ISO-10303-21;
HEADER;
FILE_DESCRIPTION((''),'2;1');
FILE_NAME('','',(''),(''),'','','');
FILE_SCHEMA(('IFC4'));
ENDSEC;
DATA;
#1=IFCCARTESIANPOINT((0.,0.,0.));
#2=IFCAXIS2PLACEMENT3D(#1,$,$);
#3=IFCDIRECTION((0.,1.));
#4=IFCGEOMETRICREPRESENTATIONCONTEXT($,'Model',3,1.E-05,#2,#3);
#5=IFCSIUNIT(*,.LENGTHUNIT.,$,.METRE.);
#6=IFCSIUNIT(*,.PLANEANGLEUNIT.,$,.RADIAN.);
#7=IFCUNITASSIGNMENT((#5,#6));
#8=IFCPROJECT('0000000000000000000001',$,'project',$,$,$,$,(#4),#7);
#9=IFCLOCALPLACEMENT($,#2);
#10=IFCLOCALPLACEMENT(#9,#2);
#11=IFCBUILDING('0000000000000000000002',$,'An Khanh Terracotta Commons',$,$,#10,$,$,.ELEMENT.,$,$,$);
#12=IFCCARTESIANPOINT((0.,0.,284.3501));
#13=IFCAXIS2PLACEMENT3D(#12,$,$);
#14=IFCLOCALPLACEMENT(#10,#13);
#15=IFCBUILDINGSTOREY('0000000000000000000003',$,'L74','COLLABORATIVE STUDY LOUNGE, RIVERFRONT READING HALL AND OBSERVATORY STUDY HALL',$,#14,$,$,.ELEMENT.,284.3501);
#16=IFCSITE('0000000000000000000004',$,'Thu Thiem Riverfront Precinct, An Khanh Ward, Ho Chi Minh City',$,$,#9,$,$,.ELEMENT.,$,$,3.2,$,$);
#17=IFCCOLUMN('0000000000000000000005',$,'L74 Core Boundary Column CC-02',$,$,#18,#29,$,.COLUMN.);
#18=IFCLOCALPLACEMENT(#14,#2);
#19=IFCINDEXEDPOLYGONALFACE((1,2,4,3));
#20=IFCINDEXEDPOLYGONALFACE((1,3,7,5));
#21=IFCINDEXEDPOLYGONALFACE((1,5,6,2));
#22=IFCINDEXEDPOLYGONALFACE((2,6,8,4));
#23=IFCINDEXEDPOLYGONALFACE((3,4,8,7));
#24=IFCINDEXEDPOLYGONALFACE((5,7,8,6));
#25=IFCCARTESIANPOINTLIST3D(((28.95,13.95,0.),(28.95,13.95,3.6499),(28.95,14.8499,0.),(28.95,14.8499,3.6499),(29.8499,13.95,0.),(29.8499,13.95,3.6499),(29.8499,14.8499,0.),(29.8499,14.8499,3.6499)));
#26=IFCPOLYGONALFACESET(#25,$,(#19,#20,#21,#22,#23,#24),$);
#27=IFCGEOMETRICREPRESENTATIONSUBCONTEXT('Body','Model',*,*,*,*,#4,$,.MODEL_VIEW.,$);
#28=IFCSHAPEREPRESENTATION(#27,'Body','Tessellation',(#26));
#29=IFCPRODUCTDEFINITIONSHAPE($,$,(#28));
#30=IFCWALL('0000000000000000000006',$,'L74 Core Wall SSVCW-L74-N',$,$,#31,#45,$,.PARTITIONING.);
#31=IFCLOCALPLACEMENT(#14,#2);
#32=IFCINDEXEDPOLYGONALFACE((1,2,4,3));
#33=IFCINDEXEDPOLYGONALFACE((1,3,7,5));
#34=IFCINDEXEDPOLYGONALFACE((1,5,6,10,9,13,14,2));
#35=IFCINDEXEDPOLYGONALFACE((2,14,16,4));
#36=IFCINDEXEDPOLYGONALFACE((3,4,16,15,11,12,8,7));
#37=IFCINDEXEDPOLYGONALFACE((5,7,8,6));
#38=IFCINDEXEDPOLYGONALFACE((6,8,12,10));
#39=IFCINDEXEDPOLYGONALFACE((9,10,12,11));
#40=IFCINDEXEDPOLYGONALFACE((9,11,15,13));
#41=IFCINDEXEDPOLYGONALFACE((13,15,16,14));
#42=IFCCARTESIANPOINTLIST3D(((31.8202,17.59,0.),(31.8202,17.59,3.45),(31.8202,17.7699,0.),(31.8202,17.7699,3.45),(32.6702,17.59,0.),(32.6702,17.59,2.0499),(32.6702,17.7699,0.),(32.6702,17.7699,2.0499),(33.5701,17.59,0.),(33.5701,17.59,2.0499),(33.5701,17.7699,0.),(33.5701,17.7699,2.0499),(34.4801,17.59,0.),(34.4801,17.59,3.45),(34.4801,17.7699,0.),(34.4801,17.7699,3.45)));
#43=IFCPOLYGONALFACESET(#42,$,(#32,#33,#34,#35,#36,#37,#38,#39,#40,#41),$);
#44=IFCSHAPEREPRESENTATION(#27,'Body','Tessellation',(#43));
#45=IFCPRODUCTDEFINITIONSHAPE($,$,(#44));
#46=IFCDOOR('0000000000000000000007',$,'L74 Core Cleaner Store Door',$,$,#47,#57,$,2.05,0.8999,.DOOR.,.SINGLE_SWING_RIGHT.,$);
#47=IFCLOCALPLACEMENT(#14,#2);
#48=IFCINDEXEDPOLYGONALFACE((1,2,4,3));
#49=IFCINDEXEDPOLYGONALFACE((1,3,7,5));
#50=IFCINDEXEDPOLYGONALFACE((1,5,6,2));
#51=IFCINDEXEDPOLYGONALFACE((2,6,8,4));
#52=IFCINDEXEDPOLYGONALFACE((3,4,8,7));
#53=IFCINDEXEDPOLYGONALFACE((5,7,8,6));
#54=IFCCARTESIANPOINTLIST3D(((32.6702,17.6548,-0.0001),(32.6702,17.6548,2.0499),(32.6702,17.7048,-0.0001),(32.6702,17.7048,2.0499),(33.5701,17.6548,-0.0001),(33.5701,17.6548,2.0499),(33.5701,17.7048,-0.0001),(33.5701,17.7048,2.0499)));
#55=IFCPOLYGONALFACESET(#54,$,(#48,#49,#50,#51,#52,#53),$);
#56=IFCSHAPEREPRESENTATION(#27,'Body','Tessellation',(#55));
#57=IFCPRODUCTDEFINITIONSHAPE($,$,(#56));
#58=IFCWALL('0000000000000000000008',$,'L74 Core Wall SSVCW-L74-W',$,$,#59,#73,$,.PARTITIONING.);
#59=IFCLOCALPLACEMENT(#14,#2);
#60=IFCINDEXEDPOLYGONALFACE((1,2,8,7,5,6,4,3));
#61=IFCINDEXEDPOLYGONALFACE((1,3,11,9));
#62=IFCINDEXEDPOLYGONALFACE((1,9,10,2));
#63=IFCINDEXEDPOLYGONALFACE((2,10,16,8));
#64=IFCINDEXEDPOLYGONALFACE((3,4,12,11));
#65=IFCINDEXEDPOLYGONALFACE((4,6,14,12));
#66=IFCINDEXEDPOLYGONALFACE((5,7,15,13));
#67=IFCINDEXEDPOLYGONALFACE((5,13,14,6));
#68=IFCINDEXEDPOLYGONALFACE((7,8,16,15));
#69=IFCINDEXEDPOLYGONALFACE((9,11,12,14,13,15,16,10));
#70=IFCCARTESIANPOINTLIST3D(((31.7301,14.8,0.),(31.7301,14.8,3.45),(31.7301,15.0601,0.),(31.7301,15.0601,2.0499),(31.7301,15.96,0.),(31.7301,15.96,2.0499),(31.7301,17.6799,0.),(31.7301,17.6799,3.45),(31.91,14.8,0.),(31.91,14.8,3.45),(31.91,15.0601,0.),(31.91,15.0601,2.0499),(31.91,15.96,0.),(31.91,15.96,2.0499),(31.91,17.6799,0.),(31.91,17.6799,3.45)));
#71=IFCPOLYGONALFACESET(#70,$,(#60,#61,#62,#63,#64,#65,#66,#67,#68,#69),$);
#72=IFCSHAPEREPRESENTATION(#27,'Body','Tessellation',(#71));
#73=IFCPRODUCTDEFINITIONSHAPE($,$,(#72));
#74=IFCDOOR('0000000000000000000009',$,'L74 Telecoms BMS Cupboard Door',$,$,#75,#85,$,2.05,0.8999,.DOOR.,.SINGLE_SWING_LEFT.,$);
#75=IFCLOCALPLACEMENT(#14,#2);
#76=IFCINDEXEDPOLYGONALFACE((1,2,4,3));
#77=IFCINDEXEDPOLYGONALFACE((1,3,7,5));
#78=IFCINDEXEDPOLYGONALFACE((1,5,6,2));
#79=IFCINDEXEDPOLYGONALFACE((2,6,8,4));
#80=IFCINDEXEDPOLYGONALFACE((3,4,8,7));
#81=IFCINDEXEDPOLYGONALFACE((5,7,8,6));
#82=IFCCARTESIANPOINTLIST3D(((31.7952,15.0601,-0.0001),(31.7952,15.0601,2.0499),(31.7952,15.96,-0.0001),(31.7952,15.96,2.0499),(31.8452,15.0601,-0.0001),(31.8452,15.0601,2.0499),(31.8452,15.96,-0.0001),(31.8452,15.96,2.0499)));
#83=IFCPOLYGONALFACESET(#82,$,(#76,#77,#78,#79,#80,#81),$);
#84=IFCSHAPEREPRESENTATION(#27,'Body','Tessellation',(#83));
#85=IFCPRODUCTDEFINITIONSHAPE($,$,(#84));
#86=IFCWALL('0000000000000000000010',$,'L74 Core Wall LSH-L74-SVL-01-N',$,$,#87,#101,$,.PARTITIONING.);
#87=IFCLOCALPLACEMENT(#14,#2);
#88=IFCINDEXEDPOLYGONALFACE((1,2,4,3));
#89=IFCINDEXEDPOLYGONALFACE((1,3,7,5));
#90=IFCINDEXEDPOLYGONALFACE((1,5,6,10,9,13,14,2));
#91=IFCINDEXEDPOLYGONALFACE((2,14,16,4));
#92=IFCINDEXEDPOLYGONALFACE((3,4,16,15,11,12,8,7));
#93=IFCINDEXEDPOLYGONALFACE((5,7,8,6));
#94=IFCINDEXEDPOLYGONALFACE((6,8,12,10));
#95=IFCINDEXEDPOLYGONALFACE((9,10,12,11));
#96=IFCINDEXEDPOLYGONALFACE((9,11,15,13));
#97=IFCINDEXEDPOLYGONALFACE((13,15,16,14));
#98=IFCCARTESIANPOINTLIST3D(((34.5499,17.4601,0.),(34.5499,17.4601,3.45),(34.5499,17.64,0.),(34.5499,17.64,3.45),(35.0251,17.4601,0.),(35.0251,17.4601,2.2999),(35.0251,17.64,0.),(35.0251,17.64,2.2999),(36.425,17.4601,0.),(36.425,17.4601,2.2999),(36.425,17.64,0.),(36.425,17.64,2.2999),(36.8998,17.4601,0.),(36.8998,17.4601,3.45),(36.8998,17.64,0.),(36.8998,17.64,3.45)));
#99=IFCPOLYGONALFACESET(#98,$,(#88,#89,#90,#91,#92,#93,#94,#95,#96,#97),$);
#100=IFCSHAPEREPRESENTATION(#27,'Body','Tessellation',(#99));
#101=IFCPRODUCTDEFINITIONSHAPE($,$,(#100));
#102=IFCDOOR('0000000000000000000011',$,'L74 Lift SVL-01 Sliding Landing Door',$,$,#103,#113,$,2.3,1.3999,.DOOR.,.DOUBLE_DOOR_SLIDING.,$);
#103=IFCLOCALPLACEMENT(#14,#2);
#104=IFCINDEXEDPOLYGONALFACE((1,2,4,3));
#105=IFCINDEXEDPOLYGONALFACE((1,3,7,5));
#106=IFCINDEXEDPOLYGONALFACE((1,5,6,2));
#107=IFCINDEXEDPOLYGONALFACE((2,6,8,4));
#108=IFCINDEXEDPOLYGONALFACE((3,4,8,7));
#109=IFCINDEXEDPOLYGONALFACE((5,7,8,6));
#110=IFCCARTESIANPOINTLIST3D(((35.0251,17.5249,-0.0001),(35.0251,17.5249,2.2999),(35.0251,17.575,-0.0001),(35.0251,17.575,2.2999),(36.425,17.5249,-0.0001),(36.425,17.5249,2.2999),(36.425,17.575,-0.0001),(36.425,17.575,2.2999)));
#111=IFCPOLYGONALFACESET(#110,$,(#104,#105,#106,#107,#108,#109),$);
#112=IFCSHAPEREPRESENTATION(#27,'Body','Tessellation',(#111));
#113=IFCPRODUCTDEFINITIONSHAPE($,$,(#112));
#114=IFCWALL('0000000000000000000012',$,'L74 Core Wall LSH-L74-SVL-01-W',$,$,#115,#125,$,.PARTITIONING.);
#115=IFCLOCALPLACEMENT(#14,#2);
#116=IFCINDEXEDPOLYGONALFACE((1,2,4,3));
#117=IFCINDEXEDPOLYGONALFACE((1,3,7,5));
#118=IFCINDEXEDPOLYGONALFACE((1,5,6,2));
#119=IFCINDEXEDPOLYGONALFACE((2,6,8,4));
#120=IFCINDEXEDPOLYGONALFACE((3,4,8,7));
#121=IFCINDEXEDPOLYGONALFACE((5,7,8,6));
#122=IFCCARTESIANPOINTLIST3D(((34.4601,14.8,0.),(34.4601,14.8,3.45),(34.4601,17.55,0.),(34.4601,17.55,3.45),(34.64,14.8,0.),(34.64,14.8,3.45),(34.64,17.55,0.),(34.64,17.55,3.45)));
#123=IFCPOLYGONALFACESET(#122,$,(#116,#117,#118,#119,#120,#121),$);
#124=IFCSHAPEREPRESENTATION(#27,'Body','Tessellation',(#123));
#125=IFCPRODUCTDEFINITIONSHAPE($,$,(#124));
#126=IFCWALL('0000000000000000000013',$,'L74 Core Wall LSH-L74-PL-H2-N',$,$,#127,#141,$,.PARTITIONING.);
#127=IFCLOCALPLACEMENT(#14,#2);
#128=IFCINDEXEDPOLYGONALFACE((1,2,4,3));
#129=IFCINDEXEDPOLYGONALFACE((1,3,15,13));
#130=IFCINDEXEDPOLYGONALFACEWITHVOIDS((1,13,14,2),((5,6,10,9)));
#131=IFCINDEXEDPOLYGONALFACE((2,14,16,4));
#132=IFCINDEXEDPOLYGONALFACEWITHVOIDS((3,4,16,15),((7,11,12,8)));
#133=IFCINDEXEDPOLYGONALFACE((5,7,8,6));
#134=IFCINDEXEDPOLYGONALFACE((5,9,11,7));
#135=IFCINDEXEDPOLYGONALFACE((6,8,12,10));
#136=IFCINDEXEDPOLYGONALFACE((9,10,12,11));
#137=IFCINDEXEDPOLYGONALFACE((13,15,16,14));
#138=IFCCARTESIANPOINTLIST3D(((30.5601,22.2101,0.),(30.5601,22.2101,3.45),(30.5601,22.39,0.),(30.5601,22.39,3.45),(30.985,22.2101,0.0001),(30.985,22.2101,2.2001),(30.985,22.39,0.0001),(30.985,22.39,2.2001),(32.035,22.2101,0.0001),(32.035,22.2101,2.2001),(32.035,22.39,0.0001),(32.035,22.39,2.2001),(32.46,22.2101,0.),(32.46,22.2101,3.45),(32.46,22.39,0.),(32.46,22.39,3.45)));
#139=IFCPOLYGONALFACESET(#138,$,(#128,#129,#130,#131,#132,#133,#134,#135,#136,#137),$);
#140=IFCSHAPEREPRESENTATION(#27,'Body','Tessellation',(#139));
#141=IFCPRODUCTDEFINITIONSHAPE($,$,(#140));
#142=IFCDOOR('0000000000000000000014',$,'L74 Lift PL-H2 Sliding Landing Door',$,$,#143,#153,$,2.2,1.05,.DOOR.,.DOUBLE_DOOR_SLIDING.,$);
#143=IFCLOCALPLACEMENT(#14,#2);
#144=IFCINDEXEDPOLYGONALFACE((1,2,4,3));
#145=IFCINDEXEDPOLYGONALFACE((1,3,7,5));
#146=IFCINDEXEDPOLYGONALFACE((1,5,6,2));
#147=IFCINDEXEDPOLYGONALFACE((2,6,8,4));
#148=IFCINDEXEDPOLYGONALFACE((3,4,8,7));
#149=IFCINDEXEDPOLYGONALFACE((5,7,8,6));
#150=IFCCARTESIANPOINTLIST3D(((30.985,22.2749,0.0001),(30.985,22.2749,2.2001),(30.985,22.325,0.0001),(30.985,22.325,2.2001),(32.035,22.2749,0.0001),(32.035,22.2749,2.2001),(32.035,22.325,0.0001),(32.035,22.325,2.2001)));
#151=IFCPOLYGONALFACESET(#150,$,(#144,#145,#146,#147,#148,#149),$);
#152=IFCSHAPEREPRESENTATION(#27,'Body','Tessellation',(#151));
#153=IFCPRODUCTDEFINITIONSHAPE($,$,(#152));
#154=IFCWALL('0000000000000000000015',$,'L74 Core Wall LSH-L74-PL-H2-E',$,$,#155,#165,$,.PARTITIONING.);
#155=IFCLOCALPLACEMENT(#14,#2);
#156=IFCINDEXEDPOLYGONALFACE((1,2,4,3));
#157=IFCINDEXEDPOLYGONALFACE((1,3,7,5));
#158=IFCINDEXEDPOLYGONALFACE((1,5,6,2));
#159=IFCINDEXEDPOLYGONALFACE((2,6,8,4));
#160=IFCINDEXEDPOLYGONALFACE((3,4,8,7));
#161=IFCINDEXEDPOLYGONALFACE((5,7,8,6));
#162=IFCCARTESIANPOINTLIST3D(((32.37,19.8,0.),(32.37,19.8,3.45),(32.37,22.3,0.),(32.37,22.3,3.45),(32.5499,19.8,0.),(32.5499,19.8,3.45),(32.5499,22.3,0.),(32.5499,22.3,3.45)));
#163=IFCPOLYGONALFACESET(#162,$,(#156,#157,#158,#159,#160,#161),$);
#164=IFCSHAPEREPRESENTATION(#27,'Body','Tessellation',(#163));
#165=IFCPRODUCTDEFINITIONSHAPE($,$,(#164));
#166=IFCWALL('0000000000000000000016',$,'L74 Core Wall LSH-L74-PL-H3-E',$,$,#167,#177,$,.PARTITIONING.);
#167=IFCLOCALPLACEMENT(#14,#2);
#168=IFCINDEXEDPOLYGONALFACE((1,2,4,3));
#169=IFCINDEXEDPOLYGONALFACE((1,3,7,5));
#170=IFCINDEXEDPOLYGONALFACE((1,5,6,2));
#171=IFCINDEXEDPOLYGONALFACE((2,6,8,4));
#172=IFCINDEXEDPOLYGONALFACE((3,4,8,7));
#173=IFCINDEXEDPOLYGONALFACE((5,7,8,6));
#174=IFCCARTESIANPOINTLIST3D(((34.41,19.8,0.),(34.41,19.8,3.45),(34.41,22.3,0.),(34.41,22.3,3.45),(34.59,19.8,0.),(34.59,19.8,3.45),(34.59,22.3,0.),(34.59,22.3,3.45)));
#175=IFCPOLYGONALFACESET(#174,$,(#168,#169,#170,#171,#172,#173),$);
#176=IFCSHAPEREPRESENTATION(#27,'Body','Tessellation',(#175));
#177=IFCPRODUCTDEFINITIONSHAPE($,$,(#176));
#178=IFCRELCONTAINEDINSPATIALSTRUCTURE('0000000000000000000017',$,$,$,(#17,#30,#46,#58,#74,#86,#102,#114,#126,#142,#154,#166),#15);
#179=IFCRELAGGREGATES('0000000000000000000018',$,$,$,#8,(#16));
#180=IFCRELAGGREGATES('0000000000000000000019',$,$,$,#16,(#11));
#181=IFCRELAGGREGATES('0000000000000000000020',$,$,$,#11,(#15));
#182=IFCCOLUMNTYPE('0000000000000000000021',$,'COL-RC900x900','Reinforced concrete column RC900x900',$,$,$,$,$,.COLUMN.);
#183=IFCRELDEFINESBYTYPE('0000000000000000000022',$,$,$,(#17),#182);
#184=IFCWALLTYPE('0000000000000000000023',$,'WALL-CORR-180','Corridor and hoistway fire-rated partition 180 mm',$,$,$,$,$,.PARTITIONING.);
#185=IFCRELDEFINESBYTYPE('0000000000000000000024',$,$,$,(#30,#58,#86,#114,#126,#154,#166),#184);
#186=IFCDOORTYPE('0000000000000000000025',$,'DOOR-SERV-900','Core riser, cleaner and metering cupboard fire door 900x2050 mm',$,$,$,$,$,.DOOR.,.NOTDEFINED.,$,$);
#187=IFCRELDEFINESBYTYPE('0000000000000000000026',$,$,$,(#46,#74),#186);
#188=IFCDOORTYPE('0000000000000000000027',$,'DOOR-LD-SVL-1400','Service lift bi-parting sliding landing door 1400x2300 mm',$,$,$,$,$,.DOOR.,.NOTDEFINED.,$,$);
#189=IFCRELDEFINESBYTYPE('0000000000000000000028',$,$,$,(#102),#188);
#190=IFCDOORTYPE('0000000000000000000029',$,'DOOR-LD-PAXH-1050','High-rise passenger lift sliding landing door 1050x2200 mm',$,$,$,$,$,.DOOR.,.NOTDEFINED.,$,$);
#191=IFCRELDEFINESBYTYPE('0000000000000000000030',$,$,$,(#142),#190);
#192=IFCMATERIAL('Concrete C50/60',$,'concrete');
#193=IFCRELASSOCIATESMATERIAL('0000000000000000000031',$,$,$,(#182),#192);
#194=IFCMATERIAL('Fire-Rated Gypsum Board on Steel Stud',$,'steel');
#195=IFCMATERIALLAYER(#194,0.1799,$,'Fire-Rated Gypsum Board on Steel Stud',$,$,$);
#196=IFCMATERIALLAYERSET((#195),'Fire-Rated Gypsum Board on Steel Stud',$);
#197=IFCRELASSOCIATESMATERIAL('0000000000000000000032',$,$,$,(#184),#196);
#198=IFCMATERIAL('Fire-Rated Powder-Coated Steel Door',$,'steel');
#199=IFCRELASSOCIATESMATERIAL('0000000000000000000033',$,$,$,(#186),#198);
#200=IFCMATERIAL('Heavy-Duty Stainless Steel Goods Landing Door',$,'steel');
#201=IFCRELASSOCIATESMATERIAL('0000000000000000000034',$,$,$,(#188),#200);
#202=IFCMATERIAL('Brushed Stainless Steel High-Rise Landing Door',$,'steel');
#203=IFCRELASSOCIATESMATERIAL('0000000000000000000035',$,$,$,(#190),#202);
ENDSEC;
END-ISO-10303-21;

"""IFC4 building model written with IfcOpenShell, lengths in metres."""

from ifc_helpers import new_model, si_unit, direction, frame, frame_2d, origin, origin_2d, place, context, subcontext, project, spatial, rectangle, extrude, material, layer, layer_set, material_profile, profile_set, type_object, element, fill, save


model = new_model("IFC4")

# Units and contexts
model_context = context("Model", 3, precision=1e-05, world=origin(), true_north=direction((0.0, 1.0)))
body_context = subcontext(model_context, "Body", "Model", "MODEL_VIEW")
ifc_project = project(units=[si_unit("LENGTHUNIT", "METRE"), si_unit("PLANEANGLEUNIT", "RADIAN")], contexts=[model_context])

# Site, building, storey
site_placement = place(None, origin())
site = spatial("IfcSite", under=ifc_project, at=site_placement, Name="Thu Thiem Riverfront Precinct, An Khanh Ward, Ho Chi Minh City", CompositionType="ELEMENT", RefElevation=3.2)
building_placement = place(site_placement, origin())
building = spatial("IfcBuilding", under=site, at=building_placement, Name="An Khanh Terracotta Commons", CompositionType="ELEMENT")
storey_placement = place(building_placement, frame((0.0, 0.0, 284.3501)))
storey = spatial("IfcBuildingStorey", under=building, at=storey_placement, Name="L74", Description="COLLABORATIVE STUDY LOUNGE, RIVERFRONT READING HALL AND OBSERVATORY STUDY HALL", CompositionType="ELEMENT", Elevation=284.3501)

# Column
ifc_material_1 = material(Name="Concrete C50/60", Category="concrete")
ifc_material_profile = material_profile(ifc_material_1, rectangle(XDim=0.8999, YDim=0.8999, at=origin_2d()), Name="RC900x900")
ifc_profile_set = profile_set([ifc_material_profile], Name="Concrete C50/60")
column_type = type_object("IfcColumnType", Name="COL-RC900x900", Description="Reinforced concrete column RC900x900", PredefinedType="COLUMN", material=ifc_profile_set)
column_placement = place(storey_placement, frame((29.3999, 14.3999, 0.0), z_axis=(0.0, 0.0, 1.0), x_axis=(1.0, 0.0, 0.0)))
element("IfcColumn", 1, at=column_placement, inside=storey, type_object=column_type, Name="L74 Core Boundary Column CC-02", PredefinedType="COLUMN", context=body_context, shape_type="SweptSolid", body=[
    extrude(rectangle(XDim=0.8999, YDim=0.8999, at=origin_2d()), origin(), (0.0, 0.0, 1.0), 3.6499),
])

# Walls, openings, doors
ifc_material_2 = material(Name="Fire-Rated Gypsum Board on Steel Stud", Category="steel")
ifc_layer_1 = layer(ifc_material_2, 0.1799, Name="Fire-Rated Gypsum Board on Steel Stud")
ifc_layer_set_1 = layer_set([ifc_layer_1], Name="Fire-Rated Gypsum Board on Steel Stud")
wall_type_1 = type_object("IfcWallType", Name="WALL-CORR-180", Description="Corridor and hoistway fire-rated partition 180 mm", PredefinedType="PARTITIONING", material=ifc_layer_set_1)
wall_1_placement = place(storey_placement, frame((31.8201, 17.6799, 0.0), z_axis=(0.0, 0.0, 1.0), x_axis=(1.0, 0.0, 0.0)))
wall_1 = element("IfcWall", 2, at=wall_1_placement, inside=storey, type_object=wall_type_1, Name="L74 Core Wall SSVCW-L74-N", PredefinedType="PARTITIONING", context=body_context, shape_type="SweptSolid", body=[
    extrude(rectangle(XDim=2.6599, YDim=0.1799, at=frame_2d((1.3301, 0.0))), origin(), (0.0, 0.0, 1.0), 3.45),
])
opening_1_placement = place(wall_1_placement, frame((0.8501, 0.0, 0.0)))
opening_1 = element("IfcOpeningElement", 3, at=opening_1_placement, cuts=wall_1, PredefinedType="OPENING", context=body_context, shape_type="SweptSolid", body=[
    extrude(rectangle(XDim=0.8999, YDim=2.05, at=frame_2d((0.45, 1.0249))), frame((0.0, 0.0999, 0.0), z_axis=(0.0, -1.0, 0.0), x_axis=(1.0, 0.0, 0.0)), (0.0, 0.0, 1.0), 0.2),
])
ifc_material_3 = material(Name="Fire-Rated Powder-Coated Steel Door", Category="steel")
door_type_1 = type_object("IfcDoorType", Name="DOOR-SERV-900", Description="Core riser, cleaner and metering cupboard fire door 900x2050 mm", OperationType="NOTDEFINED", PredefinedType="DOOR", material=ifc_material_3)
door_1_placement = place(opening_1_placement, origin())
door_1 = element("IfcDoor", 4, at=door_1_placement, inside=storey, type_object=door_type_1, Name="L74 Core Cleaner Store Door", OperationType="SINGLE_SWING_RIGHT", OverallHeight=2.05, OverallWidth=0.8999, PredefinedType="DOOR", context=body_context, shape_type="SweptSolid", body=[
    extrude(rectangle(XDim=0.8999, YDim=2.05, at=frame_2d((0.45, 1.0249))), frame((0.0, 0.0249, 0.0), z_axis=(0.0, -1.0, 0.0), x_axis=(1.0, 0.0, 0.0)), (0.0, 0.0, 1.0), 0.05),
])
fill(opening_1, door_1)
wall_2_placement = place(storey_placement, frame((31.8201, 14.8, 0.0), z_axis=(0.0, 0.0, 1.0), x_axis=(0.0, 1.0, 0.0)))
wall_2 = element("IfcWall", 5, at=wall_2_placement, inside=storey, type_object=wall_type_1, Name="L74 Core Wall SSVCW-L74-W", PredefinedType="PARTITIONING", context=body_context, shape_type="SweptSolid", body=[
    extrude(rectangle(XDim=2.8799, YDim=0.1799, at=frame_2d((1.4399, 0.0))), origin(), (0.0, 0.0, 1.0), 3.45),
])
opening_2_placement = place(wall_2_placement, frame((0.26, 0.0, 0.0)))
opening_2 = element("IfcOpeningElement", 6, at=opening_2_placement, cuts=wall_2, PredefinedType="OPENING", context=body_context, shape_type="SweptSolid", body=[
    extrude(rectangle(XDim=0.8999, YDim=2.05, at=frame_2d((0.45, 1.0249))), frame((0.0, 0.0999, 0.0), z_axis=(0.0, -1.0, 0.0), x_axis=(1.0, 0.0, 0.0)), (0.0, 0.0, 1.0), 0.2),
])
door_2_placement = place(opening_2_placement, origin())
door_2 = element("IfcDoor", 7, at=door_2_placement, inside=storey, type_object=door_type_1, Name="L74 Telecoms BMS Cupboard Door", OperationType="SINGLE_SWING_LEFT", OverallHeight=2.05, OverallWidth=0.8999, PredefinedType="DOOR", context=body_context, shape_type="SweptSolid", body=[
    extrude(rectangle(XDim=0.8999, YDim=2.05, at=frame_2d((0.45, 1.0249))), frame((0.0, 0.0249, 0.0), z_axis=(0.0, -1.0, 0.0), x_axis=(1.0, 0.0, 0.0)), (0.0, 0.0, 1.0), 0.05),
])
fill(opening_2, door_2)
wall_3_placement = place(storey_placement, frame((34.55, 17.55, 0.0), z_axis=(0.0, 0.0, 1.0), x_axis=(1.0, 0.0, 0.0)))
wall_3 = element("IfcWall", 8, at=wall_3_placement, inside=storey, type_object=wall_type_1, Name="L74 Core Wall LSH-L74-SVL-01-N", PredefinedType="PARTITIONING", context=body_context, shape_type="SweptSolid", body=[
    extrude(rectangle(XDim=2.3499, YDim=0.1799, at=frame_2d((1.1748, 0.0))), origin(), (0.0, 0.0, 1.0), 3.45),
])
opening_3_placement = place(wall_3_placement, frame((0.4751, 0.0, 0.0)))
opening_3 = element("IfcOpeningElement", 9, at=opening_3_placement, cuts=wall_3, PredefinedType="OPENING", context=body_context, shape_type="SweptSolid", body=[
    extrude(rectangle(XDim=1.3999, YDim=2.3, at=frame_2d((0.7, 1.1499))), frame((0.0, 0.0999, 0.0), z_axis=(0.0, -1.0, 0.0), x_axis=(1.0, 0.0, 0.0)), (0.0, 0.0, 1.0), 0.2),
])
ifc_material_4 = material(Name="Heavy-Duty Stainless Steel Goods Landing Door", Category="steel")
door_type_2 = type_object("IfcDoorType", Name="DOOR-LD-SVL-1400", Description="Service lift bi-parting sliding landing door 1400x2300 mm", OperationType="NOTDEFINED", PredefinedType="DOOR", material=ifc_material_4)
door_3_placement = place(opening_3_placement, origin())
door_3 = element("IfcDoor", 10, at=door_3_placement, inside=storey, type_object=door_type_2, Name="L74 Lift SVL-01 Sliding Landing Door", OperationType="DOUBLE_DOOR_SLIDING", OverallHeight=2.3, OverallWidth=1.3999, PredefinedType="DOOR", context=body_context, shape_type="SweptSolid", body=[
    extrude(rectangle(XDim=1.3999, YDim=2.3, at=frame_2d((0.7, 1.1499))), frame((0.0, 0.0249, 0.0), z_axis=(0.0, -1.0, 0.0), x_axis=(1.0, 0.0, 0.0)), (0.0, 0.0, 1.0), 0.05),
])
fill(opening_3, door_3)

# Wall
wall_4_placement = place(storey_placement, frame((34.55, 17.55, 0.0), z_axis=(0.0, 0.0, 1.0), x_axis=(0.0, -1.0, 0.0)))
element("IfcWall", 11, at=wall_4_placement, inside=storey, type_object=wall_type_1, Name="L74 Core Wall LSH-L74-SVL-01-W", PredefinedType="PARTITIONING", context=body_context, shape_type="SweptSolid", body=[
    extrude(rectangle(XDim=2.75, YDim=0.1799, at=frame_2d((1.375, 0.0))), origin(), (0.0, 0.0, 1.0), 3.45),
])

# Wall, opening, door
wall_5_placement = place(storey_placement, frame((30.5601, 22.3, 0.0), z_axis=(0.0, 0.0, 1.0), x_axis=(1.0, 0.0, 0.0)))
wall_5 = element("IfcWall", 12, at=wall_5_placement, inside=storey, type_object=wall_type_1, Name="L74 Core Wall LSH-L74-PL-H2-N", PredefinedType="PARTITIONING", context=body_context, shape_type="SweptSolid", body=[
    extrude(rectangle(XDim=1.8999, YDim=0.1799, at=frame_2d((0.95, 0.0))), origin(), (0.0, 0.0, 1.0), 3.45),
])
opening_4_placement = place(wall_5_placement, frame((0.425, 0.0, 0.0)))
opening_4 = element("IfcOpeningElement", 13, at=opening_4_placement, cuts=wall_5, PredefinedType="OPENING", context=body_context, shape_type="SweptSolid", body=[
    extrude(rectangle(XDim=1.05, YDim=2.2, at=frame_2d((0.5249, 1.1001))), frame((0.0, 0.0999, 0.0), z_axis=(0.0, -1.0, 0.0), x_axis=(1.0, 0.0, 0.0)), (0.0, 0.0, 1.0), 0.2),
])
ifc_material_5 = material(Name="Brushed Stainless Steel High-Rise Landing Door", Category="steel")
door_type_3 = type_object("IfcDoorType", Name="DOOR-LD-PAXH-1050", Description="High-rise passenger lift sliding landing door 1050x2200 mm", OperationType="NOTDEFINED", PredefinedType="DOOR", material=ifc_material_5)
door_4_placement = place(opening_4_placement, origin())
door_4 = element("IfcDoor", 14, at=door_4_placement, inside=storey, type_object=door_type_3, Name="L74 Lift PL-H2 Sliding Landing Door", OperationType="DOUBLE_DOOR_SLIDING", OverallHeight=2.2, OverallWidth=1.05, PredefinedType="DOOR", context=body_context, shape_type="SweptSolid", body=[
    extrude(rectangle(XDim=1.05, YDim=2.2, at=frame_2d((0.5249, 1.1001))), frame((0.0, 0.0249, 0.0), z_axis=(0.0, -1.0, 0.0), x_axis=(1.0, 0.0, 0.0)), (0.0, 0.0, 1.0), 0.05),
])
fill(opening_4, door_4)

# Walls
for number, where, z_axis, x_axis, name in (
    (15, (32.46, 19.8, 0.0), (0.0, 0.0, 1.0), (0.0, 1.0, 0.0), "L74 Core Wall LSH-L74-PL-H2-E"),
    (16, (34.5, 19.8, 0.0), (0.0, 0.0, 1.0), (0.0, 1.0, 0.0), "L74 Core Wall LSH-L74-PL-H3-E"),
):
    element("IfcWall", number, at=place(storey_placement, frame(where, z_axis=z_axis, x_axis=x_axis)), inside=storey, type_object=wall_type_1, Name=name, PredefinedType="PARTITIONING", context=body_context, shape_type="SweptSolid", body=[
        extrude(rectangle(XDim=2.5, YDim=0.1799, at=frame_2d((1.25, 0.0))), origin(), (0.0, 0.0, 1.0), 3.45),
    ])

save(model, "model.ifc")
